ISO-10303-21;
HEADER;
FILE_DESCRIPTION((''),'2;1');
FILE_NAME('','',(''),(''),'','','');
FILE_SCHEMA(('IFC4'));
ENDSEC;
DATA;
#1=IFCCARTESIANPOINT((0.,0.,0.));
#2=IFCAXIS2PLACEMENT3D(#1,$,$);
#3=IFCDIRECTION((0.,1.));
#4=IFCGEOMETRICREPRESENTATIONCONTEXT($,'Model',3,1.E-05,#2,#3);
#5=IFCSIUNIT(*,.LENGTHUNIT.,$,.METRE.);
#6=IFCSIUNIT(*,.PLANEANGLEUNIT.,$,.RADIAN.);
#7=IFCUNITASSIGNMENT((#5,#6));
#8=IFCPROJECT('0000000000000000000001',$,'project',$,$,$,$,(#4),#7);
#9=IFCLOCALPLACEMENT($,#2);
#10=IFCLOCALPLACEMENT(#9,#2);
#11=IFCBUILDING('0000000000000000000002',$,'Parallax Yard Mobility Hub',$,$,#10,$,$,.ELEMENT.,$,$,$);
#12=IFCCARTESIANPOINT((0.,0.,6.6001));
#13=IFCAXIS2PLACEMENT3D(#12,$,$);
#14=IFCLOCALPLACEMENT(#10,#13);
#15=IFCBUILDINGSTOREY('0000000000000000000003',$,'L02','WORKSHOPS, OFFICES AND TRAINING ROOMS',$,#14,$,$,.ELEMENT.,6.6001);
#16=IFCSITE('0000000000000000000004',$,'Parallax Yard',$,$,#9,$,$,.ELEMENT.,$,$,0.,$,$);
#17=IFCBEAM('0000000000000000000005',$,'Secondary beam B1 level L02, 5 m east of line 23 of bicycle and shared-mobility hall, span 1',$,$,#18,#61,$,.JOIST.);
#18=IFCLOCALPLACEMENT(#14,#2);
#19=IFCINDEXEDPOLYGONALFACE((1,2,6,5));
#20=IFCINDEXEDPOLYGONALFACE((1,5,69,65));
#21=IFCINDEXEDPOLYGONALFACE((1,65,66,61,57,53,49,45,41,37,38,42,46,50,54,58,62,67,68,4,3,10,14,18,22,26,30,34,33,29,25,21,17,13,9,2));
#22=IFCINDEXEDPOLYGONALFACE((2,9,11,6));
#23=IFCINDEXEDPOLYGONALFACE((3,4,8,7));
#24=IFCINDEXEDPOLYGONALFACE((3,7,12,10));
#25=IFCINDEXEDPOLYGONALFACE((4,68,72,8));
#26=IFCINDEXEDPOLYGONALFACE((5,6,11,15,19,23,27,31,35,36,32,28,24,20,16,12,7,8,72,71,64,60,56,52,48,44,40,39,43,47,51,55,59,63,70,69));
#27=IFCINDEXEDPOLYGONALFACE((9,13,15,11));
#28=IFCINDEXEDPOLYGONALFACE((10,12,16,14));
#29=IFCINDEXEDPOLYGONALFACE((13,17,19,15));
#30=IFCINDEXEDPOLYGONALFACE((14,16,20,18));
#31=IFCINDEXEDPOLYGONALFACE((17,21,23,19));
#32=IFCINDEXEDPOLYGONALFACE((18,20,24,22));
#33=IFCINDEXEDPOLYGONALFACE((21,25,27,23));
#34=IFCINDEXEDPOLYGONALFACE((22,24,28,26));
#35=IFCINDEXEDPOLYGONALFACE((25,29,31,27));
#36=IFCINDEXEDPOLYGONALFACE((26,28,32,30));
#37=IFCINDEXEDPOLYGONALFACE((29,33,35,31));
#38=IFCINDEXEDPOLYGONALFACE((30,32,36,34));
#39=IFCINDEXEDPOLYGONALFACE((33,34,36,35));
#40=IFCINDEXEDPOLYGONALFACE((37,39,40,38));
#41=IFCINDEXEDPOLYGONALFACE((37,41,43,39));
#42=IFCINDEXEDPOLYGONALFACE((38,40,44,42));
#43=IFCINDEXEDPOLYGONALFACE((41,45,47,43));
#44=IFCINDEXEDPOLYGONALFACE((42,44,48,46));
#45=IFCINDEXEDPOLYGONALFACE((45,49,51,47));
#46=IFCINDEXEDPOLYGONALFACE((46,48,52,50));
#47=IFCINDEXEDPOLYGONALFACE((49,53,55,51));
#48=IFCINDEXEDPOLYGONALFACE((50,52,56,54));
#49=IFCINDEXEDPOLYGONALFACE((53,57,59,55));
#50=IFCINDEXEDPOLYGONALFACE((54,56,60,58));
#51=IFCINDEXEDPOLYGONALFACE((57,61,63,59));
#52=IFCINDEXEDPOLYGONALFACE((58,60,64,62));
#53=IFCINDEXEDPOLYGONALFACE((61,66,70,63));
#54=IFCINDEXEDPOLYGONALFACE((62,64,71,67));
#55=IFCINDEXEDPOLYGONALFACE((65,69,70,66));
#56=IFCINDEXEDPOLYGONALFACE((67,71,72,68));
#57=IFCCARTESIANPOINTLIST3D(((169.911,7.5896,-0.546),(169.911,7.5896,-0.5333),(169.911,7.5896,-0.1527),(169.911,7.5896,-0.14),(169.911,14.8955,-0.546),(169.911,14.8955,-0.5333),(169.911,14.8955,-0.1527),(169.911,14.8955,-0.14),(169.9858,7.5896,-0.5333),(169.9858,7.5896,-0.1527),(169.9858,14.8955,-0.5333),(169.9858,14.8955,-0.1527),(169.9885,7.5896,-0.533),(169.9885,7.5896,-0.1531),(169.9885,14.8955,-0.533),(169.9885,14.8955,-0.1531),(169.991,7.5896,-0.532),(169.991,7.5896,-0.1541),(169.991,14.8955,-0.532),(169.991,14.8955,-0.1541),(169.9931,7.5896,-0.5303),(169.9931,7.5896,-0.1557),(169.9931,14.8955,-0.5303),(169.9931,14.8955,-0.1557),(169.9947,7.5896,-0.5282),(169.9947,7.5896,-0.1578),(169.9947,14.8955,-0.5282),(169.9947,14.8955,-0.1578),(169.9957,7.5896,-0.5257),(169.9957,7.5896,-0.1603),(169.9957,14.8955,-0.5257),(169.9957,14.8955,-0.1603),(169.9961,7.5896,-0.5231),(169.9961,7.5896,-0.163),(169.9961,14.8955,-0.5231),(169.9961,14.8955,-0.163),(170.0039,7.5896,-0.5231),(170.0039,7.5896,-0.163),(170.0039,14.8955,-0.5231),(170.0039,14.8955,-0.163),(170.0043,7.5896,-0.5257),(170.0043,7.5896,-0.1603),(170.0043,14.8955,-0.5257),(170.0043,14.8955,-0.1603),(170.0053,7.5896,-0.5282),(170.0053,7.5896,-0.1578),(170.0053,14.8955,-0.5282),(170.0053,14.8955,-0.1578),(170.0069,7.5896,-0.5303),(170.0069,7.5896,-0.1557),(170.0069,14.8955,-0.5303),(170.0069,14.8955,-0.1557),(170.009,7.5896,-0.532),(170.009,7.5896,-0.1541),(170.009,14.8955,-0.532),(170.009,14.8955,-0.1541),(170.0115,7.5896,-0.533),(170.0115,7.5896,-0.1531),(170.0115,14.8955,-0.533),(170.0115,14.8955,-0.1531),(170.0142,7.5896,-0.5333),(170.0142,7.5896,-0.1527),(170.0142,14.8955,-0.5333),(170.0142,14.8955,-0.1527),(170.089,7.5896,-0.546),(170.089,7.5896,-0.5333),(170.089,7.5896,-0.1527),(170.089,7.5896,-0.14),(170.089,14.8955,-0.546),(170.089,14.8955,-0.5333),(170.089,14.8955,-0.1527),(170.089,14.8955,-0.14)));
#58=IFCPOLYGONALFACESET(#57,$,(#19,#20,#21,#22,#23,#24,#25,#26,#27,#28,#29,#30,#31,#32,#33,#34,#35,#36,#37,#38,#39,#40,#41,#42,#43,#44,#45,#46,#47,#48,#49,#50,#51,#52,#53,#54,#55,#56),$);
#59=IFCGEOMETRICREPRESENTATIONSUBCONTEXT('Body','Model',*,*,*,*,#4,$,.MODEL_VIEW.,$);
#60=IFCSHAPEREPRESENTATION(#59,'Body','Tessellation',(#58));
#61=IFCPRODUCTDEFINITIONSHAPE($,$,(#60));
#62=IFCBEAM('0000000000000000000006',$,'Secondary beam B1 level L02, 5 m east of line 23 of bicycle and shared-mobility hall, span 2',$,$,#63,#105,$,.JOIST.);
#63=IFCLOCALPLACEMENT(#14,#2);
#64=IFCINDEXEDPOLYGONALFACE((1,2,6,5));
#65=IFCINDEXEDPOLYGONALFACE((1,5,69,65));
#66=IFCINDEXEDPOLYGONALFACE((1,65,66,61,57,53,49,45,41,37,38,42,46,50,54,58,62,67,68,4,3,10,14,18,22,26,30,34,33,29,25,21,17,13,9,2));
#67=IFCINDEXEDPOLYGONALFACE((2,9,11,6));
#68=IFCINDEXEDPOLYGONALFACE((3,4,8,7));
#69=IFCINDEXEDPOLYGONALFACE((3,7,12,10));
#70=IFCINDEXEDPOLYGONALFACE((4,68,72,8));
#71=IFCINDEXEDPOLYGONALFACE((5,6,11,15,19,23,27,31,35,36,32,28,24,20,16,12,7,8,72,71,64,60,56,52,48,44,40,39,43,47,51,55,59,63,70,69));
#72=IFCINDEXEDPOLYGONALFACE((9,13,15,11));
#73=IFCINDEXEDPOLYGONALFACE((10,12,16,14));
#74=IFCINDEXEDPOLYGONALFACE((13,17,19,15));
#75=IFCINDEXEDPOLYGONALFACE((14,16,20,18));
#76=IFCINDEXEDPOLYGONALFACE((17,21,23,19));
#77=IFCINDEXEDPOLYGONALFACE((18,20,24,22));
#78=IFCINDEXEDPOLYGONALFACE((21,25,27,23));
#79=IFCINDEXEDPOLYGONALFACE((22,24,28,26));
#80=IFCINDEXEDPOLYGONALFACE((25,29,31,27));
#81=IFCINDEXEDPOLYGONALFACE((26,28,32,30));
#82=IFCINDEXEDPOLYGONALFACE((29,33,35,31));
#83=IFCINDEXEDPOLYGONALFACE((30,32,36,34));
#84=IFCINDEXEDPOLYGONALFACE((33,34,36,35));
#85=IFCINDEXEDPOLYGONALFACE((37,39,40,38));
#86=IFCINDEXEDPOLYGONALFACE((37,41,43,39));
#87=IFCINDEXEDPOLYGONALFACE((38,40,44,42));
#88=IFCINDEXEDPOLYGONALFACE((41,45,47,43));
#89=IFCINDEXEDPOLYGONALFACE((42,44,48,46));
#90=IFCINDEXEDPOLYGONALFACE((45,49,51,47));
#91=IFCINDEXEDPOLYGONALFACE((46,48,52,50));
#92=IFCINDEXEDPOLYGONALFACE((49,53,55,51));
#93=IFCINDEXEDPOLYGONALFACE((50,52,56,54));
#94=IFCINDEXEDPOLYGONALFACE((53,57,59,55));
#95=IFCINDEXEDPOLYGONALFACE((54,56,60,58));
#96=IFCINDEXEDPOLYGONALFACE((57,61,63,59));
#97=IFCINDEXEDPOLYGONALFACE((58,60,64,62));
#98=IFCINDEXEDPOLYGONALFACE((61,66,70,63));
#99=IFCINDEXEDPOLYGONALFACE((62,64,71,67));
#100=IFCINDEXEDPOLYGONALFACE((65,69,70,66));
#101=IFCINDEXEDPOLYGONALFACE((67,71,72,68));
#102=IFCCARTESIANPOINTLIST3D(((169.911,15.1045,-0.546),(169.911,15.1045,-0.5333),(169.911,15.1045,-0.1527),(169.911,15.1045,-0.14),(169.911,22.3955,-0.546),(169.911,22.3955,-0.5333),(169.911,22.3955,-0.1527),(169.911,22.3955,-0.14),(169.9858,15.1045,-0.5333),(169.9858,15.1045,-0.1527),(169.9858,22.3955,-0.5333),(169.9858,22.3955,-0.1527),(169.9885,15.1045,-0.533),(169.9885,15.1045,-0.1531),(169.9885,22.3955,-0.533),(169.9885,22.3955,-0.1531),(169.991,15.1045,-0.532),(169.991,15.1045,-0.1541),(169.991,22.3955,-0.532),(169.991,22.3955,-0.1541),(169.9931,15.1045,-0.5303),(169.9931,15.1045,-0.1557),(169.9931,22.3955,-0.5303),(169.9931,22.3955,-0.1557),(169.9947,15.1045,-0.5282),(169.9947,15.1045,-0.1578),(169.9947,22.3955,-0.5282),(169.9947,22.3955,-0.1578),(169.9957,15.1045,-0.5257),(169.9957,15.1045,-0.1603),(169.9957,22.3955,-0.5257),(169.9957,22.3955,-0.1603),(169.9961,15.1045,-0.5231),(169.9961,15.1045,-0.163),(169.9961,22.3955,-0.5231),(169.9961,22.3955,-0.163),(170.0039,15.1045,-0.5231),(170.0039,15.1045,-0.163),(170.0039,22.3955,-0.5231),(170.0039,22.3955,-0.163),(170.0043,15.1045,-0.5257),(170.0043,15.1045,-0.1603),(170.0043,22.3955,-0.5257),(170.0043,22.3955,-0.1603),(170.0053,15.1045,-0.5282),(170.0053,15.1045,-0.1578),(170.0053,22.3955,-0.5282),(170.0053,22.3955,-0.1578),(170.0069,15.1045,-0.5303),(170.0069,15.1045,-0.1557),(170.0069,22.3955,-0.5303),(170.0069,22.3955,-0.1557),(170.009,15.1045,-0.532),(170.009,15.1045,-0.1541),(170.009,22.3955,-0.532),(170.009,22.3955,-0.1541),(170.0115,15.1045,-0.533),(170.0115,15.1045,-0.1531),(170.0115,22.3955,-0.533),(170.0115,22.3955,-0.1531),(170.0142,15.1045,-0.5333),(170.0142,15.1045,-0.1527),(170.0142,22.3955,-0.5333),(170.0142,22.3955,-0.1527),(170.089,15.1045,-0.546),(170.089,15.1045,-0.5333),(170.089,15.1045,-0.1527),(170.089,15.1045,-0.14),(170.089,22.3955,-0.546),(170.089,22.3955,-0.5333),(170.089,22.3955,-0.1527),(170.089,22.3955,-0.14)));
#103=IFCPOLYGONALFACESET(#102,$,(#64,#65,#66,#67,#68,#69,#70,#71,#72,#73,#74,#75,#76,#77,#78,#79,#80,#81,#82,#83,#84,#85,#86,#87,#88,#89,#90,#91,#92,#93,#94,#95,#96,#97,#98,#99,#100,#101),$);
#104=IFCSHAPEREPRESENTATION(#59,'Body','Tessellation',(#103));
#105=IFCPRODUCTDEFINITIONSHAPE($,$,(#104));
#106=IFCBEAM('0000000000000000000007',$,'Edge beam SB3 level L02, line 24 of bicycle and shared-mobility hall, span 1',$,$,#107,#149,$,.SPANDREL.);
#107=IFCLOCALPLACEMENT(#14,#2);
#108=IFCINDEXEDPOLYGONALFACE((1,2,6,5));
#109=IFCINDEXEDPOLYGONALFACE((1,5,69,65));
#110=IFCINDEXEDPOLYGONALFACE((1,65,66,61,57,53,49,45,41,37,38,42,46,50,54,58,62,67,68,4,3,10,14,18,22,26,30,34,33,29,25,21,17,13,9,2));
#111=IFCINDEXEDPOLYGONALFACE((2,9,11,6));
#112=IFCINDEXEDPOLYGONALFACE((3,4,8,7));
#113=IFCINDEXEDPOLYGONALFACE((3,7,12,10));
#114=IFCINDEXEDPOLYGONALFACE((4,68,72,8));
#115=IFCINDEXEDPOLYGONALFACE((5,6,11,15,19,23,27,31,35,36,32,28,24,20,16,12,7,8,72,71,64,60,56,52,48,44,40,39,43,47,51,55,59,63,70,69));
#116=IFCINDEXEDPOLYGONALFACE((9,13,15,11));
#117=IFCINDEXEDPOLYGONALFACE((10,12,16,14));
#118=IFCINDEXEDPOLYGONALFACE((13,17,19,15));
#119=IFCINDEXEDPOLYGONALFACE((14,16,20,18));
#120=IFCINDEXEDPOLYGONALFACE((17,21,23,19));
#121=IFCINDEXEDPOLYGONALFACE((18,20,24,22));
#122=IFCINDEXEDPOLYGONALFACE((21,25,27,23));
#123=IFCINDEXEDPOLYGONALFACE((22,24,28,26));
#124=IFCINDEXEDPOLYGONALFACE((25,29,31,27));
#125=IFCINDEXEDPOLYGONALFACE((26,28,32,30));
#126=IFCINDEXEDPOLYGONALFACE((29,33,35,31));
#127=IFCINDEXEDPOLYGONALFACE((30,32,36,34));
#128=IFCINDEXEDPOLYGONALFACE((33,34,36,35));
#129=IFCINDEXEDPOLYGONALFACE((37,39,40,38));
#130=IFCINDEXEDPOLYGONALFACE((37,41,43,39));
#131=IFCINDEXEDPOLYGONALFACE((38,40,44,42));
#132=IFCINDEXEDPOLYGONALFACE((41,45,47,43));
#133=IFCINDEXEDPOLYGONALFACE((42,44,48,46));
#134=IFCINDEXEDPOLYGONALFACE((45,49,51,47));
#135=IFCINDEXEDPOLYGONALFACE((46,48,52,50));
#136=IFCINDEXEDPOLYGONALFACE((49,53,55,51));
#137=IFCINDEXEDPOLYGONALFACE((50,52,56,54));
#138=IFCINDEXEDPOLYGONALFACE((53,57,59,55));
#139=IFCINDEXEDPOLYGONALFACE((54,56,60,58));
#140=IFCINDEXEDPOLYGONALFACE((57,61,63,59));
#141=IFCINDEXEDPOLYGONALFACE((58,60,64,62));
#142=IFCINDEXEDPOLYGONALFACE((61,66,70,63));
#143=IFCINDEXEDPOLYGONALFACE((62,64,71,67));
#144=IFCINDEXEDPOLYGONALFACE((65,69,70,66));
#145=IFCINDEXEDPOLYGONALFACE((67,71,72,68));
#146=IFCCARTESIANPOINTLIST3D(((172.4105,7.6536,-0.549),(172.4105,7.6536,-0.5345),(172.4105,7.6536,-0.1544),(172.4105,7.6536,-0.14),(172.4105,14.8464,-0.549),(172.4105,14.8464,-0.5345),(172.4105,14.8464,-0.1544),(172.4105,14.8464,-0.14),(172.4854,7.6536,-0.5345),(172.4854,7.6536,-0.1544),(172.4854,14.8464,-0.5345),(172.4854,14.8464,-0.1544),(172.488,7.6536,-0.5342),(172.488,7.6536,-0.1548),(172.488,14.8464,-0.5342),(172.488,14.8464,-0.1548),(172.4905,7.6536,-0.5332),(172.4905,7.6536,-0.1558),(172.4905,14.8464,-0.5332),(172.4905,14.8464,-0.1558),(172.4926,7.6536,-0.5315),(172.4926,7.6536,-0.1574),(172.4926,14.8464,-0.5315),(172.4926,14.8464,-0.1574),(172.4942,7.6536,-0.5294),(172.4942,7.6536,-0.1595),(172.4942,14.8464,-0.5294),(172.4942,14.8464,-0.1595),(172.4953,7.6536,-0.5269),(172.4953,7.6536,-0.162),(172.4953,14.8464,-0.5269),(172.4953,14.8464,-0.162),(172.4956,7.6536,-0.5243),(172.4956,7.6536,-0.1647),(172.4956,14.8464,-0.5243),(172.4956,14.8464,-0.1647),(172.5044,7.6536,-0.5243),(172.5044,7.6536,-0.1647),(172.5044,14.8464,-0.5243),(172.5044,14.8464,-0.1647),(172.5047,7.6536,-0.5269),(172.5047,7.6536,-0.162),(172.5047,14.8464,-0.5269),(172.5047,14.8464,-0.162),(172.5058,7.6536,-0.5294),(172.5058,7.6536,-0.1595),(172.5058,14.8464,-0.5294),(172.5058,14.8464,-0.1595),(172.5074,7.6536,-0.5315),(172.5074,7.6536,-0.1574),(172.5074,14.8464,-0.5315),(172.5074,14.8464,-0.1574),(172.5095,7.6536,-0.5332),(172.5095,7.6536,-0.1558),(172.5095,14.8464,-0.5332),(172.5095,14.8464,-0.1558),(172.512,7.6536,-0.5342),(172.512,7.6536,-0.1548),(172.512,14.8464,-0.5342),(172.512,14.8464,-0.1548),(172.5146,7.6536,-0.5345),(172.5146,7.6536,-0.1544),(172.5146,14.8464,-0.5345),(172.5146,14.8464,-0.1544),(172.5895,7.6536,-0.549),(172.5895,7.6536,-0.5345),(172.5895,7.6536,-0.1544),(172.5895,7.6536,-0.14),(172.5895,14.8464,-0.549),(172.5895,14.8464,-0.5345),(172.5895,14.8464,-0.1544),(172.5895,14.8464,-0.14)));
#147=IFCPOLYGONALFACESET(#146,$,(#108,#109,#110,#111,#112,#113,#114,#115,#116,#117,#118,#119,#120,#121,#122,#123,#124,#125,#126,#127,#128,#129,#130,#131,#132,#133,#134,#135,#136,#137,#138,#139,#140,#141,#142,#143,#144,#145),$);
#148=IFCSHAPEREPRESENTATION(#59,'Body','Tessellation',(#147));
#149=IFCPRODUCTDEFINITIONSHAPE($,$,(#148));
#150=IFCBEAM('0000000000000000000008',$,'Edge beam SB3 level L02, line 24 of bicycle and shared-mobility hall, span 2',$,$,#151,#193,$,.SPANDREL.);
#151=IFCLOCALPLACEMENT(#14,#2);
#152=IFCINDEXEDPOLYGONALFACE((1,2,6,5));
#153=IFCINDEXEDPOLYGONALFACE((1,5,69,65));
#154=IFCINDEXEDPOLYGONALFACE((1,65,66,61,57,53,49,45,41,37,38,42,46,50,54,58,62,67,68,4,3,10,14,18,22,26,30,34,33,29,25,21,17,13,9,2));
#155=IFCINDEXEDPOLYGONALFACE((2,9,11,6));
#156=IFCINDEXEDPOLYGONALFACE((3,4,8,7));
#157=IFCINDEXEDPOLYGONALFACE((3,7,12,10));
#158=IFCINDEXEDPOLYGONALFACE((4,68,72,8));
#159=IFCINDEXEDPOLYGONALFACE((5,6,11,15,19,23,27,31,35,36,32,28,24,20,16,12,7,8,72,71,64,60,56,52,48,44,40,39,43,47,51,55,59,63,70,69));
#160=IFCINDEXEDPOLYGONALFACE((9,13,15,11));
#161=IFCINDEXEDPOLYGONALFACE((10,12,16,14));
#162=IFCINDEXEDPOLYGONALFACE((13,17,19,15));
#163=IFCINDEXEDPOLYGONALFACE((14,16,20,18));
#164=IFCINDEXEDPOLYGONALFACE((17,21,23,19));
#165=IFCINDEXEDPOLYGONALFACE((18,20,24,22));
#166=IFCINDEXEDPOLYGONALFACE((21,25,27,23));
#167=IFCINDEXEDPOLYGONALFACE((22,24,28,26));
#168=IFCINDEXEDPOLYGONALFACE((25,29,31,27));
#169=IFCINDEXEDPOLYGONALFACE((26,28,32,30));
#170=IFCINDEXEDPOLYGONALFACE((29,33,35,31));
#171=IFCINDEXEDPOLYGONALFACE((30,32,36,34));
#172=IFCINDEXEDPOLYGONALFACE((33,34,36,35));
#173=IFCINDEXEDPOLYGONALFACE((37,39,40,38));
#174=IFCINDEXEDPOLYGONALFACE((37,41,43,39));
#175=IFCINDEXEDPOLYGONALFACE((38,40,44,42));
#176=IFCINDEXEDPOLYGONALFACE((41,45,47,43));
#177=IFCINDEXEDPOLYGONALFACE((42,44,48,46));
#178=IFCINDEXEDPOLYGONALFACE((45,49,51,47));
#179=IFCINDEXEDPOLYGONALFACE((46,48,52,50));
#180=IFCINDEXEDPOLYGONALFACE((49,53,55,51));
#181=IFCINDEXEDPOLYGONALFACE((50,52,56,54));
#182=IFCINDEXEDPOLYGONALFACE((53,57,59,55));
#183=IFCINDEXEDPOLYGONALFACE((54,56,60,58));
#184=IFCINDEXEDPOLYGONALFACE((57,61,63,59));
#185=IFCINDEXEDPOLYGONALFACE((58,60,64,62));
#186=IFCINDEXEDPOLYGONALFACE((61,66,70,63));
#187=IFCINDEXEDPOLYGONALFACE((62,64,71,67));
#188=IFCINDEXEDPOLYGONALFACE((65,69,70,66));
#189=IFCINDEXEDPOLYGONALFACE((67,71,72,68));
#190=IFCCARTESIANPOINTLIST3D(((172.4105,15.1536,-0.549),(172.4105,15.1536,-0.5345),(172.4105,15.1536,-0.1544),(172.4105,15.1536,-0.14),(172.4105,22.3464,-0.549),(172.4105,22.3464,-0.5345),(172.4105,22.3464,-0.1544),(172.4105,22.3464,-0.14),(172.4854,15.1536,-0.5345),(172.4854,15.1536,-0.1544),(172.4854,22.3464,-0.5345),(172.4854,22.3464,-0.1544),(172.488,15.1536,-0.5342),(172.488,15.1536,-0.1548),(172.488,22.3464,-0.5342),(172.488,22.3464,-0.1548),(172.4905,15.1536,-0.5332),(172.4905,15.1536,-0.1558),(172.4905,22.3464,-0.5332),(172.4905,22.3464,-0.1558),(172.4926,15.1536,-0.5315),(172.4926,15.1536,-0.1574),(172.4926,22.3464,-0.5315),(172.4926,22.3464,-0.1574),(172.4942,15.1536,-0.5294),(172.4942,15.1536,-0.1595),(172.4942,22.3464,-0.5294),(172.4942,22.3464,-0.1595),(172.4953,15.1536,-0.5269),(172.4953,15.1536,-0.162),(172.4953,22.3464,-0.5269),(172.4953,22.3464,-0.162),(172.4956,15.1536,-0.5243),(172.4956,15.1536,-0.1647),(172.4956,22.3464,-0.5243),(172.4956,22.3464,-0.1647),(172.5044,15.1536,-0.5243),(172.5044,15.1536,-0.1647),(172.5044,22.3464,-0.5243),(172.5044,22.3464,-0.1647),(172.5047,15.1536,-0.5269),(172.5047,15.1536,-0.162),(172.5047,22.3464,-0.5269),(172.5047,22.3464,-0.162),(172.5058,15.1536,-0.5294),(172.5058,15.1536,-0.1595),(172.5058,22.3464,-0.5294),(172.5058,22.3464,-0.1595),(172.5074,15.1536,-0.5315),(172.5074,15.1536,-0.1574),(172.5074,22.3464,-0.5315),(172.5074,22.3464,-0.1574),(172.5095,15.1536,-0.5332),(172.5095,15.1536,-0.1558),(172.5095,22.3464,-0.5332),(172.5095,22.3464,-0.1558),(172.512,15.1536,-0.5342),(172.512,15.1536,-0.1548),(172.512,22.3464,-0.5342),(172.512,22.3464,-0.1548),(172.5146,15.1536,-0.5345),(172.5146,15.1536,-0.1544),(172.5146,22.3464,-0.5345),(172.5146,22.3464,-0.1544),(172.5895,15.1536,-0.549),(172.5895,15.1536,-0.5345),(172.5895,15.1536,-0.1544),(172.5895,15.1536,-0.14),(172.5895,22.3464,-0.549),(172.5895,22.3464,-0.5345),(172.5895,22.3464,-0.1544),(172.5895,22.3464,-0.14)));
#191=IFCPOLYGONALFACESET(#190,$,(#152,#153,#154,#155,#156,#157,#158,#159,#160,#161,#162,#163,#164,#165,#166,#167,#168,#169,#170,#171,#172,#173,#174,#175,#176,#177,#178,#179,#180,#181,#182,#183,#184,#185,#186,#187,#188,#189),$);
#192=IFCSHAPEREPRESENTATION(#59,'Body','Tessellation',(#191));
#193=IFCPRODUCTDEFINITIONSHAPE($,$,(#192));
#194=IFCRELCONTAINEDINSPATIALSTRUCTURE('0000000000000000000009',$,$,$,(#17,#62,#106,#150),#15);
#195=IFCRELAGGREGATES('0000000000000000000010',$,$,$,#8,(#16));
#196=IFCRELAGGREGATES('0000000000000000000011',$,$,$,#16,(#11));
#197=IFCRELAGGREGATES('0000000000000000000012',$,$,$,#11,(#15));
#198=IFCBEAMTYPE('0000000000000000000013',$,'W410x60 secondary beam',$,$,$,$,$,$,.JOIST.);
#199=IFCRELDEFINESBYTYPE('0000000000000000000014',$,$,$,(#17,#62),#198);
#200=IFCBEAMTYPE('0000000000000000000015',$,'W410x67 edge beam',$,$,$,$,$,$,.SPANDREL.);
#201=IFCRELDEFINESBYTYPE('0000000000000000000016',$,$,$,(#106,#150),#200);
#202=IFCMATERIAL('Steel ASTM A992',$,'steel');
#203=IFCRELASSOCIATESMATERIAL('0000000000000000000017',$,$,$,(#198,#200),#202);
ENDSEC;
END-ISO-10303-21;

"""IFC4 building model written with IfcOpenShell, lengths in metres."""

from ifc_helpers import new_model, si_unit, direction, frame, origin, origin_2d, place, context, subcontext, project, spatial, i_section, extrude, material, material_profile, profile_set, type_object, element, save


model = new_model("IFC4")

# Units and contexts
model_context = context("Model", 3, precision=1e-05, world=origin(), true_north=direction((0.0, 1.0)))
body_context = subcontext(model_context, "Body", "Model", "MODEL_VIEW")
ifc_project = project(units=[si_unit("LENGTHUNIT", "METRE"), si_unit("PLANEANGLEUNIT", "RADIAN")], contexts=[model_context])

# Site, building, storey
site_placement = place(None, origin())
site = spatial("IfcSite", under=ifc_project, at=site_placement, Name="Parallax Yard", CompositionType="ELEMENT", RefElevation=0.0)
building_placement = place(site_placement, origin())
building = spatial("IfcBuilding", under=site, at=building_placement, Name="Parallax Yard Mobility Hub", CompositionType="ELEMENT")
storey_placement = place(building_placement, frame((0.0, 0.0, 6.6001)))
storey = spatial("IfcBuildingStorey", under=building, at=storey_placement, Name="L02", Description="WORKSHOPS, OFFICES AND TRAINING ROOMS", CompositionType="ELEMENT", Elevation=6.6001)

# Shared definitions
ifc_material_1 = material(Name="Steel ASTM A992", Category="steel")

# Beams
ifc_material_profile_1 = material_profile(ifc_material_1, i_section(OverallWidth=0.178, OverallDepth=0.406, WebThickness=0.0078, FlangeThickness=0.0127, FilletRadius=0.0103, at=origin_2d()), Name="W410x60")
ifc_profile_set_1 = profile_set([ifc_material_profile_1], Name="Steel ASTM A992")
beam_type_1 = type_object("IfcBeamType", Name="W410x60 secondary beam", PredefinedType="JOIST", material=ifc_profile_set_1)
beam_1_placement = place(storey_placement, frame((170.0, 7.5896, -0.343), z_axis=(0.0, 1.0, 0.0), x_axis=(-1.0, 0.0, 0.0)))
element("IfcBeam", 1, at=beam_1_placement, inside=storey, type_object=beam_type_1, Name="Secondary beam B1 level L02, 5 m east of line 23 of bicycle and shared-mobility hall, span 1", PredefinedType="JOIST", context=body_context, shape_type="SweptSolid", body=[
    extrude(i_section(OverallWidth=0.178, OverallDepth=0.406, WebThickness=0.0078, FlangeThickness=0.0127, FilletRadius=0.0103, at=origin_2d()), origin(), (0.0, 0.0, 1.0), 7.3059),
])
beam_2_placement = place(storey_placement, frame((170.0, 15.1045, -0.343), z_axis=(0.0, 1.0, 0.0), x_axis=(-1.0, 0.0, 0.0)))
element("IfcBeam", 2, at=beam_2_placement, inside=storey, type_object=beam_type_1, Name="Secondary beam B1 level L02, 5 m east of line 23 of bicycle and shared-mobility hall, span 2", PredefinedType="JOIST", context=body_context, shape_type="SweptSolid", body=[
    extrude(i_section(OverallWidth=0.178, OverallDepth=0.406, WebThickness=0.0078, FlangeThickness=0.0127, FilletRadius=0.0103, at=origin_2d()), origin(), (0.0, 0.0, 1.0), 7.291),
])
ifc_material_profile_2 = material_profile(ifc_material_1, i_section(OverallWidth=0.179, OverallDepth=0.4089, WebThickness=0.0088, FlangeThickness=0.0144, FilletRadius=0.0103, at=origin_2d()), Name="W410x67")
ifc_profile_set_2 = profile_set([ifc_material_profile_2], Name="Steel ASTM A992")
beam_type_2 = type_object("IfcBeamType", Name="W410x67 edge beam", PredefinedType="SPANDREL", material=ifc_profile_set_2)
for number, where, z_axis, x_axis, name in (
    (3, (172.5, 7.6536, -0.3445), (0.0, 1.0, 0.0), (-1.0, 0.0, 0.0), "Edge beam SB3 level L02, line 24 of bicycle and shared-mobility hall, span 1"),
    (4, (172.5, 15.1536, -0.3445), (0.0, 1.0, 0.0), (-1.0, 0.0, 0.0), "Edge beam SB3 level L02, line 24 of bicycle and shared-mobility hall, span 2"),
):
    element("IfcBeam", number, at=place(storey_placement, frame(where, z_axis=z_axis, x_axis=x_axis)), inside=storey, type_object=beam_type_2, Name=name, PredefinedType="SPANDREL", context=body_context, shape_type="SweptSolid", body=[
        extrude(i_section(OverallWidth=0.179, OverallDepth=0.4089, WebThickness=0.0088, FlangeThickness=0.0144, FilletRadius=0.0103, at=origin_2d()), origin(), (0.0, 0.0, 1.0), 7.1929),
    ])

save(model, "model.ifc")
